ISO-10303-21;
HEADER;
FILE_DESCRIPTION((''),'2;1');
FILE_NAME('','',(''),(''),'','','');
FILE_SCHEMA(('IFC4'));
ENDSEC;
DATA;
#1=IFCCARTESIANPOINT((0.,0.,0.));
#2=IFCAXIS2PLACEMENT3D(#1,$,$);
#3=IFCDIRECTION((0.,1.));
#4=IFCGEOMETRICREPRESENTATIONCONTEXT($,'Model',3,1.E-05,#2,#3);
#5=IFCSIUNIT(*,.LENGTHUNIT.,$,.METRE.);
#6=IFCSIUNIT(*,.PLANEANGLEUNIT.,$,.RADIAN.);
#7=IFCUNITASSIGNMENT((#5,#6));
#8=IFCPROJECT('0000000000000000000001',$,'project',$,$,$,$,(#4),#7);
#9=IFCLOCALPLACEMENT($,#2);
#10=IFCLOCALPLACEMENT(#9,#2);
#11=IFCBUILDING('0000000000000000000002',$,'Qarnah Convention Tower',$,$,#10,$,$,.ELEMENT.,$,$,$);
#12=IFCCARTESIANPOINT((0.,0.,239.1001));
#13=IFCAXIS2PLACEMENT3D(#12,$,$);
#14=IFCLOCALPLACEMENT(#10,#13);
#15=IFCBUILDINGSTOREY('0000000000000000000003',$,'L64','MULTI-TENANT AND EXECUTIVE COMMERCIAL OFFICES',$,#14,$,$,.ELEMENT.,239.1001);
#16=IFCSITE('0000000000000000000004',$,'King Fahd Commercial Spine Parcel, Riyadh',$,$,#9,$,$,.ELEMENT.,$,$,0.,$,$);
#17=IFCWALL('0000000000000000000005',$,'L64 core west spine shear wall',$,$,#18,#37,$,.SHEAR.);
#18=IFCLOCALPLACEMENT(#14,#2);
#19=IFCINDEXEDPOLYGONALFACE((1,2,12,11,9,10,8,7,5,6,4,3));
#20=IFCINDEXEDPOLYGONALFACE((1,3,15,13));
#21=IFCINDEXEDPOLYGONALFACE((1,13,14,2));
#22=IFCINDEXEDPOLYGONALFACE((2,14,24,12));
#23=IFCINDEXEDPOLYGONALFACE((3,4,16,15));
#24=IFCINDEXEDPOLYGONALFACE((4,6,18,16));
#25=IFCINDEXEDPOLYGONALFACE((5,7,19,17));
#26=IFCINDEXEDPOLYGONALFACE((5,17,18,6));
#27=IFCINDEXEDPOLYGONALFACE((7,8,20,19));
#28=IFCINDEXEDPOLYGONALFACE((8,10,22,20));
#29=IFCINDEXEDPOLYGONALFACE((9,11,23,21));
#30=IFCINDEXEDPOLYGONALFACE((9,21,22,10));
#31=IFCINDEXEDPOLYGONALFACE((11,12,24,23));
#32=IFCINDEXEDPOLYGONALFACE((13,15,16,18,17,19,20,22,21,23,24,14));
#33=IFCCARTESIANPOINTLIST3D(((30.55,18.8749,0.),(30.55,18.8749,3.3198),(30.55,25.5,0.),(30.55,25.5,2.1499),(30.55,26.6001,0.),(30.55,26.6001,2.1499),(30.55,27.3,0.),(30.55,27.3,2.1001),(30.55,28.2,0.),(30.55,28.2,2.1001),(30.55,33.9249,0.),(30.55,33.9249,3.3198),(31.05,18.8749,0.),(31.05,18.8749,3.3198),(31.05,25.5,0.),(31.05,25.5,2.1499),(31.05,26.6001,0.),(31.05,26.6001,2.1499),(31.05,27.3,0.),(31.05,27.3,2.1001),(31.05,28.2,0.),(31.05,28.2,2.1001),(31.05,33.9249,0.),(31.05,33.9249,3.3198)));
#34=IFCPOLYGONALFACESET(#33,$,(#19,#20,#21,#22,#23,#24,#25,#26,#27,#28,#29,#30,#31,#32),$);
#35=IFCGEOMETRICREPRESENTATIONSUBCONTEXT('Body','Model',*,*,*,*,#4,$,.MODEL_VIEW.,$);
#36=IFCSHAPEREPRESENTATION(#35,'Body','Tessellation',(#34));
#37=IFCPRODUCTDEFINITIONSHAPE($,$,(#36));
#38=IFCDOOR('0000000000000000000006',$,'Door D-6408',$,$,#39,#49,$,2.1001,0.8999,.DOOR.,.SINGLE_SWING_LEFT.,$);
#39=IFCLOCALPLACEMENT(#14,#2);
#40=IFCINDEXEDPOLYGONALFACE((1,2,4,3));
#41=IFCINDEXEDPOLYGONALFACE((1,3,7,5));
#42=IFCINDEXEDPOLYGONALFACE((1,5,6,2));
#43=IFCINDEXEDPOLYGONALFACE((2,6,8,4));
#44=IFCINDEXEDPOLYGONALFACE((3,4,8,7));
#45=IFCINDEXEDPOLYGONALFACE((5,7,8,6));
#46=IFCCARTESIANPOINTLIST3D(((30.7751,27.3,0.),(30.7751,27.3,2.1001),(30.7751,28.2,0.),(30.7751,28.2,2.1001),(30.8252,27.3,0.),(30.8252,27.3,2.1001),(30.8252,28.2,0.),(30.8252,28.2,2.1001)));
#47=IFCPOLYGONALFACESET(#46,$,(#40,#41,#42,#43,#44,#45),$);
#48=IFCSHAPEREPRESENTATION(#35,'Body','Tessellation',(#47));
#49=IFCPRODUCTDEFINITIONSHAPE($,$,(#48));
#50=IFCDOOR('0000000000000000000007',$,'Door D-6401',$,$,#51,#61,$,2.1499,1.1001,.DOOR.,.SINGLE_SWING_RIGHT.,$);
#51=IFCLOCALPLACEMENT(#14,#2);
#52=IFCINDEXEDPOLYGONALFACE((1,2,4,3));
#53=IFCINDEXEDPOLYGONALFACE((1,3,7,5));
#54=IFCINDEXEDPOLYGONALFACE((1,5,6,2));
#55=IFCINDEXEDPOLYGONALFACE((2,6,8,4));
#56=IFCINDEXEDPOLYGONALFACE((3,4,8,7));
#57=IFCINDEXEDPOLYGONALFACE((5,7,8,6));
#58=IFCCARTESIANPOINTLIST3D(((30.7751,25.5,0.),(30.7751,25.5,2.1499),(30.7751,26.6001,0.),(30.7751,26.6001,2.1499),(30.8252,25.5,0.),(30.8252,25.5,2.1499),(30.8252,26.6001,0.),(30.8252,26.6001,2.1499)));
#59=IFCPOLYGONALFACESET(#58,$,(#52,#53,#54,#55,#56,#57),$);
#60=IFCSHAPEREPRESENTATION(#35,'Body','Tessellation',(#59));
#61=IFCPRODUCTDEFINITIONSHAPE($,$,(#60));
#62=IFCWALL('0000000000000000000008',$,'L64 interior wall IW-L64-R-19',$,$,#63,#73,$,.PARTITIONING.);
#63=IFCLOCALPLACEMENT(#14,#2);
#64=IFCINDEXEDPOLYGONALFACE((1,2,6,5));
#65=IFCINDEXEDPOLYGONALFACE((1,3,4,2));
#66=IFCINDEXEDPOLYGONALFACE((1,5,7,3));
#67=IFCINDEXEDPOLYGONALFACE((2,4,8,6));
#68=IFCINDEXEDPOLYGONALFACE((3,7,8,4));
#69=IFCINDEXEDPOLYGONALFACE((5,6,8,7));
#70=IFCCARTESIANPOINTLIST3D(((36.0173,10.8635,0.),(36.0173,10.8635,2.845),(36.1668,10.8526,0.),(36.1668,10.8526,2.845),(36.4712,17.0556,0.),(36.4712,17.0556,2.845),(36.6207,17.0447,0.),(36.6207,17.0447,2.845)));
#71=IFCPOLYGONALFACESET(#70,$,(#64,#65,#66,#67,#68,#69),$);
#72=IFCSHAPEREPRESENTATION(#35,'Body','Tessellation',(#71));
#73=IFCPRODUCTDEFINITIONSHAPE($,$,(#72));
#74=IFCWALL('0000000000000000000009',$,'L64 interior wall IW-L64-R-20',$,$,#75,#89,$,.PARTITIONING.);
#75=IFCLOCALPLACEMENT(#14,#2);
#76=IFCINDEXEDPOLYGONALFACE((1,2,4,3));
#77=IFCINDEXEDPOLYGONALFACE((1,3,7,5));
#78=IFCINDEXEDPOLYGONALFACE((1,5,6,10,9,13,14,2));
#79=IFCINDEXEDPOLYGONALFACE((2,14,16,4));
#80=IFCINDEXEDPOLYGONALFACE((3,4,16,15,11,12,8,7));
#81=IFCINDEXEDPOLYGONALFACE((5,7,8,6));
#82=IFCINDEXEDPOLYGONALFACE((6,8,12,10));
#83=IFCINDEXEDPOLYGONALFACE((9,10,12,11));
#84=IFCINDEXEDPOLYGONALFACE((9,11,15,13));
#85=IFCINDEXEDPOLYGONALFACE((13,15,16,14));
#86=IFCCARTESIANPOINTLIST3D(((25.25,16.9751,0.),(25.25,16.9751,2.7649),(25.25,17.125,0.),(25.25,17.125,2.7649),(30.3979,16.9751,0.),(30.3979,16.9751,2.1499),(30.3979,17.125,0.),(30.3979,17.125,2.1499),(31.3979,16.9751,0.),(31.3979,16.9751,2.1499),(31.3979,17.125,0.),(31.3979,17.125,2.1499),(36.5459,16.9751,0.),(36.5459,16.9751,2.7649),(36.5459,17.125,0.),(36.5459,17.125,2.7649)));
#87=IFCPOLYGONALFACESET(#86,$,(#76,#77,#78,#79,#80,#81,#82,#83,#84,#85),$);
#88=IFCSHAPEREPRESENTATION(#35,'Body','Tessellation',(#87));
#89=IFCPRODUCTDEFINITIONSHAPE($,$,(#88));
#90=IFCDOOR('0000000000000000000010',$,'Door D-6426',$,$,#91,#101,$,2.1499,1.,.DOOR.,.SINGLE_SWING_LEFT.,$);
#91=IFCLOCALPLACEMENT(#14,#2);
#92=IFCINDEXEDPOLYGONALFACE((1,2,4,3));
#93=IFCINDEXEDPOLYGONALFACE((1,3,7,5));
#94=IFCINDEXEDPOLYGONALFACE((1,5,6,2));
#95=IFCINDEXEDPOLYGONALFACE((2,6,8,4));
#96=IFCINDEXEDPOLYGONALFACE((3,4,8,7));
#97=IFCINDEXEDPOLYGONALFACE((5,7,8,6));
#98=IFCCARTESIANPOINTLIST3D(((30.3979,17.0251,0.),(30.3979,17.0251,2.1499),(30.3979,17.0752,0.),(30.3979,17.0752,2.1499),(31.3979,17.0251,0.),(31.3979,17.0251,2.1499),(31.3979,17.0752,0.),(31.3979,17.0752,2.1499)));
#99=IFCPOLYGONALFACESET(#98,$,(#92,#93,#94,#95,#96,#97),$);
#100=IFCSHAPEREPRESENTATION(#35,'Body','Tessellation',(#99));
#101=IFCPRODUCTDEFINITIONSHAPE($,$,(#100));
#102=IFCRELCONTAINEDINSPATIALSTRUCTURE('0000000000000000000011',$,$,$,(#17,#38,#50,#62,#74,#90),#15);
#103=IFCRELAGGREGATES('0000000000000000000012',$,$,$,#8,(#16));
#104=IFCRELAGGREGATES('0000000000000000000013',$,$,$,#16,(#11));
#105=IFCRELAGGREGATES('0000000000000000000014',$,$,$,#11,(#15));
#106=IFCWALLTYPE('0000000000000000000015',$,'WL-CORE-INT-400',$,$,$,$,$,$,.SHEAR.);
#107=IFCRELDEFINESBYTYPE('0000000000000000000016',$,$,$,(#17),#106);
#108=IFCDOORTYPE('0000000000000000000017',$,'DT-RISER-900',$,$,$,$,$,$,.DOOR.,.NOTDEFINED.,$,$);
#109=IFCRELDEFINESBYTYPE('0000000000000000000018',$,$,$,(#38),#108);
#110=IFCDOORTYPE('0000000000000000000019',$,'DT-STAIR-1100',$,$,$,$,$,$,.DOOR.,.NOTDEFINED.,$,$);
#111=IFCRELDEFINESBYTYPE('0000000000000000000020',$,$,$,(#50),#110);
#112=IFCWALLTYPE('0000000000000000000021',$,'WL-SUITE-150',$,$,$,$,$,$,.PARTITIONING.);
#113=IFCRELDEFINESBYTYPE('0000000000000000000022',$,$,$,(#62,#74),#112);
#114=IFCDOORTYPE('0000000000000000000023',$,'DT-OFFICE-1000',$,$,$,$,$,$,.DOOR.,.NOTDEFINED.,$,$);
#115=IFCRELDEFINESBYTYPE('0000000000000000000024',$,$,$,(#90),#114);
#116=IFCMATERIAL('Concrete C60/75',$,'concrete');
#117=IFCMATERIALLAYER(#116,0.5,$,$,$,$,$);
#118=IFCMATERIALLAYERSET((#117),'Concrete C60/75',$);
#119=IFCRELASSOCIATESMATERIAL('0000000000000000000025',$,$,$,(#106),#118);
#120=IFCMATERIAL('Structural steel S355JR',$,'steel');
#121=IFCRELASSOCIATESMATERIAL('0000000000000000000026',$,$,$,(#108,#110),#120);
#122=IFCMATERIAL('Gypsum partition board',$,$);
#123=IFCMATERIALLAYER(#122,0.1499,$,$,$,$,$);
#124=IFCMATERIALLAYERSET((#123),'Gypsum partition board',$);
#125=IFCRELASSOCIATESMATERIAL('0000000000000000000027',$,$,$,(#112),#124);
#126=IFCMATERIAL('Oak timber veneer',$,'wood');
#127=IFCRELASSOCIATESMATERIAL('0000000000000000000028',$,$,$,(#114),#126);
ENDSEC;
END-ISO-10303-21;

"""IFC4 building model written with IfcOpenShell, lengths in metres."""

from ifc_helpers import new_model, si_unit, direction, frame, frame_2d, origin, place, context, subcontext, project, spatial, rectangle, extrude, material, layer, layer_set, type_object, element, fill, save


model = new_model("IFC4")

# Units and contexts
model_context = context("Model", 3, precision=1e-05, world=origin(), true_north=direction((0.0, 1.0)))
body_context = subcontext(model_context, "Body", "Model", "MODEL_VIEW")
ifc_project = project(units=[si_unit("LENGTHUNIT", "METRE"), si_unit("PLANEANGLEUNIT", "RADIAN")], contexts=[model_context])

# Site, building, storey
site_placement = place(None, origin())
site = spatial("IfcSite", under=ifc_project, at=site_placement, Name="King Fahd Commercial Spine Parcel, Riyadh", CompositionType="ELEMENT", RefElevation=0.0)
building_placement = place(site_placement, origin())
building = spatial("IfcBuilding", under=site, at=building_placement, Name="Qarnah Convention Tower", CompositionType="ELEMENT")
storey_placement = place(building_placement, frame((0.0, 0.0, 239.1001)))
storey = spatial("IfcBuildingStorey", under=building, at=storey_placement, Name="L64", Description="MULTI-TENANT AND EXECUTIVE COMMERCIAL OFFICES", CompositionType="ELEMENT", Elevation=239.1001)

# Shared definitions
ifc_material_1 = material(Name="Structural steel S355JR", Category="steel")

# Wall, openings, doors
ifc_material_2 = material(Name="Concrete C60/75", Category="concrete")
ifc_layer_1 = layer(ifc_material_2, 0.5)
ifc_layer_set_1 = layer_set([ifc_layer_1], Name="Concrete C60/75")
wall_type_1 = type_object("IfcWallType", Name="WL-CORE-INT-400", PredefinedType="SHEAR", material=ifc_layer_set_1)
wall_1_placement = place(storey_placement, frame((30.8, 18.875, 0.0), z_axis=(0.0, 0.0, 1.0), x_axis=(0.0, 1.0, 0.0)))
wall_1 = element("IfcWall", 1, at=wall_1_placement, inside=storey, type_object=wall_type_1, Name="L64 core west spine shear wall", PredefinedType="SHEAR", context=body_context, shape_type="SweptSolid", body=[
    extrude(rectangle(XDim=15.05, YDim=0.5, at=frame_2d((7.5249, 0.0))), origin(), (0.0, 0.0, 1.0), 3.3198),
])
opening_1_placement = place(wall_1_placement, frame((6.625, 0.0, 0.0)))
opening_1 = element("IfcOpeningElement", 2, at=opening_1_placement, cuts=wall_1, PredefinedType="OPENING", context=body_context, shape_type="SweptSolid", body=[
    extrude(rectangle(XDim=1.1001, YDim=2.1499, at=frame_2d((0.55, 1.075))), frame((0.0, 0.26, 0.0), z_axis=(0.0, -1.0, 0.0), x_axis=(1.0, 0.0, 0.0)), (0.0, 0.0, 1.0), 0.52),
])
opening_2_placement = place(wall_1_placement, frame((8.425, 0.0, 0.0)))
opening_2 = element("IfcOpeningElement", 3, at=opening_2_placement, cuts=wall_1, PredefinedType="OPENING", context=body_context, shape_type="SweptSolid", body=[
    extrude(rectangle(XDim=0.8999, YDim=2.1001, at=frame_2d((0.45, 1.05))), frame((0.0, 0.26, 0.0), z_axis=(0.0, -1.0, 0.0), x_axis=(1.0, 0.0, 0.0)), (0.0, 0.0, 1.0), 0.52),
])
door_type_1 = type_object("IfcDoorType", Name="DT-RISER-900", OperationType="NOTDEFINED", PredefinedType="DOOR", material=ifc_material_1)
door_1_placement = place(opening_2_placement, origin())
door_1 = element("IfcDoor", 4, at=door_1_placement, inside=storey, type_object=door_type_1, Name="Door D-6408", OperationType="SINGLE_SWING_LEFT", OverallHeight=2.1001, OverallWidth=0.8999, PredefinedType="DOOR", context=body_context, shape_type="SweptSolid", body=[
    extrude(rectangle(XDim=0.8999, YDim=2.1001, at=frame_2d((0.45, 1.05))), frame((0.0, 0.0249, 0.0), z_axis=(0.0, -1.0, 0.0), x_axis=(1.0, 0.0, 0.0)), (0.0, 0.0, 1.0), 0.05),
])
fill(opening_2, door_1)
door_type_2 = type_object("IfcDoorType", Name="DT-STAIR-1100", OperationType="NOTDEFINED", PredefinedType="DOOR", material=ifc_material_1)
door_2_placement = place(opening_1_placement, origin())
door_2 = element("IfcDoor", 5, at=door_2_placement, inside=storey, type_object=door_type_2, Name="Door D-6401", OperationType="SINGLE_SWING_RIGHT", OverallHeight=2.1499, OverallWidth=1.1001, PredefinedType="DOOR", context=body_context, shape_type="SweptSolid", body=[
    extrude(rectangle(XDim=1.1001, YDim=2.1499, at=frame_2d((0.55, 1.075))), frame((0.0, 0.0249, 0.0), z_axis=(0.0, -1.0, 0.0), x_axis=(1.0, 0.0, 0.0)), (0.0, 0.0, 1.0), 0.05),
])
fill(opening_1, door_2)

# Wall
ifc_material_3 = material(Name="Gypsum partition board")
ifc_layer_2 = layer(ifc_material_3, 0.1499)
ifc_layer_set_2 = layer_set([ifc_layer_2], Name="Gypsum partition board")
wall_type_2 = type_object("IfcWallType", Name="WL-SUITE-150", PredefinedType="PARTITIONING", material=ifc_layer_set_2)
wall_2_placement = place(storey_placement, frame((36.092, 10.8579, 0.0), z_axis=(0.0, 0.0, 1.0), x_axis=(0.0731, 0.997325, 0.0)))
element("IfcWall", 6, at=wall_2_placement, inside=storey, type_object=wall_type_2, Name="L64 interior wall IW-L64-R-19", PredefinedType="PARTITIONING", context=body_context, shape_type="SweptSolid", body=[
    extrude(rectangle(XDim=6.2087, YDim=0.1499, at=frame_2d((3.1045, 0.0))), origin(), (0.0, 0.0, 1.0), 2.845),
])

# Wall, opening, door
wall_3_placement = place(storey_placement, frame((36.5459, 17.05, 0.0), z_axis=(0.0, 0.0, 1.0), x_axis=(-1.0, 0.0, 0.0)))
wall_3 = element("IfcWall", 7, at=wall_3_placement, inside=storey, type_object=wall_type_2, Name="L64 interior wall IW-L64-R-20", PredefinedType="PARTITIONING", context=body_context, shape_type="SweptSolid", body=[
    extrude(rectangle(XDim=11.2959, YDim=0.1499, at=frame_2d((5.6479, 0.0))), origin(), (0.0, 0.0, 1.0), 2.7649),
])
opening_3_placement = place(wall_3_placement, frame((5.1479, 0.0, 0.0)))
opening_3 = element("IfcOpeningElement", 8, at=opening_3_placement, cuts=wall_3, PredefinedType="OPENING", context=body_context, shape_type="SweptSolid", body=[
    extrude(rectangle(XDim=1.0, YDim=2.1499, at=frame_2d((0.5, 1.075))), frame((0.0, 0.085, 0.0), z_axis=(0.0, -1.0, 0.0), x_axis=(1.0, 0.0, 0.0)), (0.0, 0.0, 1.0), 0.1699),
])
ifc_material_4 = material(Name="Oak timber veneer", Category="wood")
door_type_3 = type_object("IfcDoorType", Name="DT-OFFICE-1000", OperationType="NOTDEFINED", PredefinedType="DOOR", material=ifc_material_4)
door_3_placement = place(opening_3_placement, origin())
door_3 = element("IfcDoor", 9, at=door_3_placement, inside=storey, type_object=door_type_3, Name="Door D-6426", OperationType="SINGLE_SWING_LEFT", OverallHeight=2.1499, OverallWidth=1.0, PredefinedType="DOOR", context=body_context, shape_type="SweptSolid", body=[
    extrude(rectangle(XDim=1.0, YDim=2.1499, at=frame_2d((0.5, 1.075))), frame((0.0, 0.0249, 0.0), z_axis=(0.0, -1.0, 0.0), x_axis=(1.0, 0.0, 0.0)), (0.0, 0.0, 1.0), 0.05),
])
fill(opening_3, door_3)

save(model, "model.ifc")
